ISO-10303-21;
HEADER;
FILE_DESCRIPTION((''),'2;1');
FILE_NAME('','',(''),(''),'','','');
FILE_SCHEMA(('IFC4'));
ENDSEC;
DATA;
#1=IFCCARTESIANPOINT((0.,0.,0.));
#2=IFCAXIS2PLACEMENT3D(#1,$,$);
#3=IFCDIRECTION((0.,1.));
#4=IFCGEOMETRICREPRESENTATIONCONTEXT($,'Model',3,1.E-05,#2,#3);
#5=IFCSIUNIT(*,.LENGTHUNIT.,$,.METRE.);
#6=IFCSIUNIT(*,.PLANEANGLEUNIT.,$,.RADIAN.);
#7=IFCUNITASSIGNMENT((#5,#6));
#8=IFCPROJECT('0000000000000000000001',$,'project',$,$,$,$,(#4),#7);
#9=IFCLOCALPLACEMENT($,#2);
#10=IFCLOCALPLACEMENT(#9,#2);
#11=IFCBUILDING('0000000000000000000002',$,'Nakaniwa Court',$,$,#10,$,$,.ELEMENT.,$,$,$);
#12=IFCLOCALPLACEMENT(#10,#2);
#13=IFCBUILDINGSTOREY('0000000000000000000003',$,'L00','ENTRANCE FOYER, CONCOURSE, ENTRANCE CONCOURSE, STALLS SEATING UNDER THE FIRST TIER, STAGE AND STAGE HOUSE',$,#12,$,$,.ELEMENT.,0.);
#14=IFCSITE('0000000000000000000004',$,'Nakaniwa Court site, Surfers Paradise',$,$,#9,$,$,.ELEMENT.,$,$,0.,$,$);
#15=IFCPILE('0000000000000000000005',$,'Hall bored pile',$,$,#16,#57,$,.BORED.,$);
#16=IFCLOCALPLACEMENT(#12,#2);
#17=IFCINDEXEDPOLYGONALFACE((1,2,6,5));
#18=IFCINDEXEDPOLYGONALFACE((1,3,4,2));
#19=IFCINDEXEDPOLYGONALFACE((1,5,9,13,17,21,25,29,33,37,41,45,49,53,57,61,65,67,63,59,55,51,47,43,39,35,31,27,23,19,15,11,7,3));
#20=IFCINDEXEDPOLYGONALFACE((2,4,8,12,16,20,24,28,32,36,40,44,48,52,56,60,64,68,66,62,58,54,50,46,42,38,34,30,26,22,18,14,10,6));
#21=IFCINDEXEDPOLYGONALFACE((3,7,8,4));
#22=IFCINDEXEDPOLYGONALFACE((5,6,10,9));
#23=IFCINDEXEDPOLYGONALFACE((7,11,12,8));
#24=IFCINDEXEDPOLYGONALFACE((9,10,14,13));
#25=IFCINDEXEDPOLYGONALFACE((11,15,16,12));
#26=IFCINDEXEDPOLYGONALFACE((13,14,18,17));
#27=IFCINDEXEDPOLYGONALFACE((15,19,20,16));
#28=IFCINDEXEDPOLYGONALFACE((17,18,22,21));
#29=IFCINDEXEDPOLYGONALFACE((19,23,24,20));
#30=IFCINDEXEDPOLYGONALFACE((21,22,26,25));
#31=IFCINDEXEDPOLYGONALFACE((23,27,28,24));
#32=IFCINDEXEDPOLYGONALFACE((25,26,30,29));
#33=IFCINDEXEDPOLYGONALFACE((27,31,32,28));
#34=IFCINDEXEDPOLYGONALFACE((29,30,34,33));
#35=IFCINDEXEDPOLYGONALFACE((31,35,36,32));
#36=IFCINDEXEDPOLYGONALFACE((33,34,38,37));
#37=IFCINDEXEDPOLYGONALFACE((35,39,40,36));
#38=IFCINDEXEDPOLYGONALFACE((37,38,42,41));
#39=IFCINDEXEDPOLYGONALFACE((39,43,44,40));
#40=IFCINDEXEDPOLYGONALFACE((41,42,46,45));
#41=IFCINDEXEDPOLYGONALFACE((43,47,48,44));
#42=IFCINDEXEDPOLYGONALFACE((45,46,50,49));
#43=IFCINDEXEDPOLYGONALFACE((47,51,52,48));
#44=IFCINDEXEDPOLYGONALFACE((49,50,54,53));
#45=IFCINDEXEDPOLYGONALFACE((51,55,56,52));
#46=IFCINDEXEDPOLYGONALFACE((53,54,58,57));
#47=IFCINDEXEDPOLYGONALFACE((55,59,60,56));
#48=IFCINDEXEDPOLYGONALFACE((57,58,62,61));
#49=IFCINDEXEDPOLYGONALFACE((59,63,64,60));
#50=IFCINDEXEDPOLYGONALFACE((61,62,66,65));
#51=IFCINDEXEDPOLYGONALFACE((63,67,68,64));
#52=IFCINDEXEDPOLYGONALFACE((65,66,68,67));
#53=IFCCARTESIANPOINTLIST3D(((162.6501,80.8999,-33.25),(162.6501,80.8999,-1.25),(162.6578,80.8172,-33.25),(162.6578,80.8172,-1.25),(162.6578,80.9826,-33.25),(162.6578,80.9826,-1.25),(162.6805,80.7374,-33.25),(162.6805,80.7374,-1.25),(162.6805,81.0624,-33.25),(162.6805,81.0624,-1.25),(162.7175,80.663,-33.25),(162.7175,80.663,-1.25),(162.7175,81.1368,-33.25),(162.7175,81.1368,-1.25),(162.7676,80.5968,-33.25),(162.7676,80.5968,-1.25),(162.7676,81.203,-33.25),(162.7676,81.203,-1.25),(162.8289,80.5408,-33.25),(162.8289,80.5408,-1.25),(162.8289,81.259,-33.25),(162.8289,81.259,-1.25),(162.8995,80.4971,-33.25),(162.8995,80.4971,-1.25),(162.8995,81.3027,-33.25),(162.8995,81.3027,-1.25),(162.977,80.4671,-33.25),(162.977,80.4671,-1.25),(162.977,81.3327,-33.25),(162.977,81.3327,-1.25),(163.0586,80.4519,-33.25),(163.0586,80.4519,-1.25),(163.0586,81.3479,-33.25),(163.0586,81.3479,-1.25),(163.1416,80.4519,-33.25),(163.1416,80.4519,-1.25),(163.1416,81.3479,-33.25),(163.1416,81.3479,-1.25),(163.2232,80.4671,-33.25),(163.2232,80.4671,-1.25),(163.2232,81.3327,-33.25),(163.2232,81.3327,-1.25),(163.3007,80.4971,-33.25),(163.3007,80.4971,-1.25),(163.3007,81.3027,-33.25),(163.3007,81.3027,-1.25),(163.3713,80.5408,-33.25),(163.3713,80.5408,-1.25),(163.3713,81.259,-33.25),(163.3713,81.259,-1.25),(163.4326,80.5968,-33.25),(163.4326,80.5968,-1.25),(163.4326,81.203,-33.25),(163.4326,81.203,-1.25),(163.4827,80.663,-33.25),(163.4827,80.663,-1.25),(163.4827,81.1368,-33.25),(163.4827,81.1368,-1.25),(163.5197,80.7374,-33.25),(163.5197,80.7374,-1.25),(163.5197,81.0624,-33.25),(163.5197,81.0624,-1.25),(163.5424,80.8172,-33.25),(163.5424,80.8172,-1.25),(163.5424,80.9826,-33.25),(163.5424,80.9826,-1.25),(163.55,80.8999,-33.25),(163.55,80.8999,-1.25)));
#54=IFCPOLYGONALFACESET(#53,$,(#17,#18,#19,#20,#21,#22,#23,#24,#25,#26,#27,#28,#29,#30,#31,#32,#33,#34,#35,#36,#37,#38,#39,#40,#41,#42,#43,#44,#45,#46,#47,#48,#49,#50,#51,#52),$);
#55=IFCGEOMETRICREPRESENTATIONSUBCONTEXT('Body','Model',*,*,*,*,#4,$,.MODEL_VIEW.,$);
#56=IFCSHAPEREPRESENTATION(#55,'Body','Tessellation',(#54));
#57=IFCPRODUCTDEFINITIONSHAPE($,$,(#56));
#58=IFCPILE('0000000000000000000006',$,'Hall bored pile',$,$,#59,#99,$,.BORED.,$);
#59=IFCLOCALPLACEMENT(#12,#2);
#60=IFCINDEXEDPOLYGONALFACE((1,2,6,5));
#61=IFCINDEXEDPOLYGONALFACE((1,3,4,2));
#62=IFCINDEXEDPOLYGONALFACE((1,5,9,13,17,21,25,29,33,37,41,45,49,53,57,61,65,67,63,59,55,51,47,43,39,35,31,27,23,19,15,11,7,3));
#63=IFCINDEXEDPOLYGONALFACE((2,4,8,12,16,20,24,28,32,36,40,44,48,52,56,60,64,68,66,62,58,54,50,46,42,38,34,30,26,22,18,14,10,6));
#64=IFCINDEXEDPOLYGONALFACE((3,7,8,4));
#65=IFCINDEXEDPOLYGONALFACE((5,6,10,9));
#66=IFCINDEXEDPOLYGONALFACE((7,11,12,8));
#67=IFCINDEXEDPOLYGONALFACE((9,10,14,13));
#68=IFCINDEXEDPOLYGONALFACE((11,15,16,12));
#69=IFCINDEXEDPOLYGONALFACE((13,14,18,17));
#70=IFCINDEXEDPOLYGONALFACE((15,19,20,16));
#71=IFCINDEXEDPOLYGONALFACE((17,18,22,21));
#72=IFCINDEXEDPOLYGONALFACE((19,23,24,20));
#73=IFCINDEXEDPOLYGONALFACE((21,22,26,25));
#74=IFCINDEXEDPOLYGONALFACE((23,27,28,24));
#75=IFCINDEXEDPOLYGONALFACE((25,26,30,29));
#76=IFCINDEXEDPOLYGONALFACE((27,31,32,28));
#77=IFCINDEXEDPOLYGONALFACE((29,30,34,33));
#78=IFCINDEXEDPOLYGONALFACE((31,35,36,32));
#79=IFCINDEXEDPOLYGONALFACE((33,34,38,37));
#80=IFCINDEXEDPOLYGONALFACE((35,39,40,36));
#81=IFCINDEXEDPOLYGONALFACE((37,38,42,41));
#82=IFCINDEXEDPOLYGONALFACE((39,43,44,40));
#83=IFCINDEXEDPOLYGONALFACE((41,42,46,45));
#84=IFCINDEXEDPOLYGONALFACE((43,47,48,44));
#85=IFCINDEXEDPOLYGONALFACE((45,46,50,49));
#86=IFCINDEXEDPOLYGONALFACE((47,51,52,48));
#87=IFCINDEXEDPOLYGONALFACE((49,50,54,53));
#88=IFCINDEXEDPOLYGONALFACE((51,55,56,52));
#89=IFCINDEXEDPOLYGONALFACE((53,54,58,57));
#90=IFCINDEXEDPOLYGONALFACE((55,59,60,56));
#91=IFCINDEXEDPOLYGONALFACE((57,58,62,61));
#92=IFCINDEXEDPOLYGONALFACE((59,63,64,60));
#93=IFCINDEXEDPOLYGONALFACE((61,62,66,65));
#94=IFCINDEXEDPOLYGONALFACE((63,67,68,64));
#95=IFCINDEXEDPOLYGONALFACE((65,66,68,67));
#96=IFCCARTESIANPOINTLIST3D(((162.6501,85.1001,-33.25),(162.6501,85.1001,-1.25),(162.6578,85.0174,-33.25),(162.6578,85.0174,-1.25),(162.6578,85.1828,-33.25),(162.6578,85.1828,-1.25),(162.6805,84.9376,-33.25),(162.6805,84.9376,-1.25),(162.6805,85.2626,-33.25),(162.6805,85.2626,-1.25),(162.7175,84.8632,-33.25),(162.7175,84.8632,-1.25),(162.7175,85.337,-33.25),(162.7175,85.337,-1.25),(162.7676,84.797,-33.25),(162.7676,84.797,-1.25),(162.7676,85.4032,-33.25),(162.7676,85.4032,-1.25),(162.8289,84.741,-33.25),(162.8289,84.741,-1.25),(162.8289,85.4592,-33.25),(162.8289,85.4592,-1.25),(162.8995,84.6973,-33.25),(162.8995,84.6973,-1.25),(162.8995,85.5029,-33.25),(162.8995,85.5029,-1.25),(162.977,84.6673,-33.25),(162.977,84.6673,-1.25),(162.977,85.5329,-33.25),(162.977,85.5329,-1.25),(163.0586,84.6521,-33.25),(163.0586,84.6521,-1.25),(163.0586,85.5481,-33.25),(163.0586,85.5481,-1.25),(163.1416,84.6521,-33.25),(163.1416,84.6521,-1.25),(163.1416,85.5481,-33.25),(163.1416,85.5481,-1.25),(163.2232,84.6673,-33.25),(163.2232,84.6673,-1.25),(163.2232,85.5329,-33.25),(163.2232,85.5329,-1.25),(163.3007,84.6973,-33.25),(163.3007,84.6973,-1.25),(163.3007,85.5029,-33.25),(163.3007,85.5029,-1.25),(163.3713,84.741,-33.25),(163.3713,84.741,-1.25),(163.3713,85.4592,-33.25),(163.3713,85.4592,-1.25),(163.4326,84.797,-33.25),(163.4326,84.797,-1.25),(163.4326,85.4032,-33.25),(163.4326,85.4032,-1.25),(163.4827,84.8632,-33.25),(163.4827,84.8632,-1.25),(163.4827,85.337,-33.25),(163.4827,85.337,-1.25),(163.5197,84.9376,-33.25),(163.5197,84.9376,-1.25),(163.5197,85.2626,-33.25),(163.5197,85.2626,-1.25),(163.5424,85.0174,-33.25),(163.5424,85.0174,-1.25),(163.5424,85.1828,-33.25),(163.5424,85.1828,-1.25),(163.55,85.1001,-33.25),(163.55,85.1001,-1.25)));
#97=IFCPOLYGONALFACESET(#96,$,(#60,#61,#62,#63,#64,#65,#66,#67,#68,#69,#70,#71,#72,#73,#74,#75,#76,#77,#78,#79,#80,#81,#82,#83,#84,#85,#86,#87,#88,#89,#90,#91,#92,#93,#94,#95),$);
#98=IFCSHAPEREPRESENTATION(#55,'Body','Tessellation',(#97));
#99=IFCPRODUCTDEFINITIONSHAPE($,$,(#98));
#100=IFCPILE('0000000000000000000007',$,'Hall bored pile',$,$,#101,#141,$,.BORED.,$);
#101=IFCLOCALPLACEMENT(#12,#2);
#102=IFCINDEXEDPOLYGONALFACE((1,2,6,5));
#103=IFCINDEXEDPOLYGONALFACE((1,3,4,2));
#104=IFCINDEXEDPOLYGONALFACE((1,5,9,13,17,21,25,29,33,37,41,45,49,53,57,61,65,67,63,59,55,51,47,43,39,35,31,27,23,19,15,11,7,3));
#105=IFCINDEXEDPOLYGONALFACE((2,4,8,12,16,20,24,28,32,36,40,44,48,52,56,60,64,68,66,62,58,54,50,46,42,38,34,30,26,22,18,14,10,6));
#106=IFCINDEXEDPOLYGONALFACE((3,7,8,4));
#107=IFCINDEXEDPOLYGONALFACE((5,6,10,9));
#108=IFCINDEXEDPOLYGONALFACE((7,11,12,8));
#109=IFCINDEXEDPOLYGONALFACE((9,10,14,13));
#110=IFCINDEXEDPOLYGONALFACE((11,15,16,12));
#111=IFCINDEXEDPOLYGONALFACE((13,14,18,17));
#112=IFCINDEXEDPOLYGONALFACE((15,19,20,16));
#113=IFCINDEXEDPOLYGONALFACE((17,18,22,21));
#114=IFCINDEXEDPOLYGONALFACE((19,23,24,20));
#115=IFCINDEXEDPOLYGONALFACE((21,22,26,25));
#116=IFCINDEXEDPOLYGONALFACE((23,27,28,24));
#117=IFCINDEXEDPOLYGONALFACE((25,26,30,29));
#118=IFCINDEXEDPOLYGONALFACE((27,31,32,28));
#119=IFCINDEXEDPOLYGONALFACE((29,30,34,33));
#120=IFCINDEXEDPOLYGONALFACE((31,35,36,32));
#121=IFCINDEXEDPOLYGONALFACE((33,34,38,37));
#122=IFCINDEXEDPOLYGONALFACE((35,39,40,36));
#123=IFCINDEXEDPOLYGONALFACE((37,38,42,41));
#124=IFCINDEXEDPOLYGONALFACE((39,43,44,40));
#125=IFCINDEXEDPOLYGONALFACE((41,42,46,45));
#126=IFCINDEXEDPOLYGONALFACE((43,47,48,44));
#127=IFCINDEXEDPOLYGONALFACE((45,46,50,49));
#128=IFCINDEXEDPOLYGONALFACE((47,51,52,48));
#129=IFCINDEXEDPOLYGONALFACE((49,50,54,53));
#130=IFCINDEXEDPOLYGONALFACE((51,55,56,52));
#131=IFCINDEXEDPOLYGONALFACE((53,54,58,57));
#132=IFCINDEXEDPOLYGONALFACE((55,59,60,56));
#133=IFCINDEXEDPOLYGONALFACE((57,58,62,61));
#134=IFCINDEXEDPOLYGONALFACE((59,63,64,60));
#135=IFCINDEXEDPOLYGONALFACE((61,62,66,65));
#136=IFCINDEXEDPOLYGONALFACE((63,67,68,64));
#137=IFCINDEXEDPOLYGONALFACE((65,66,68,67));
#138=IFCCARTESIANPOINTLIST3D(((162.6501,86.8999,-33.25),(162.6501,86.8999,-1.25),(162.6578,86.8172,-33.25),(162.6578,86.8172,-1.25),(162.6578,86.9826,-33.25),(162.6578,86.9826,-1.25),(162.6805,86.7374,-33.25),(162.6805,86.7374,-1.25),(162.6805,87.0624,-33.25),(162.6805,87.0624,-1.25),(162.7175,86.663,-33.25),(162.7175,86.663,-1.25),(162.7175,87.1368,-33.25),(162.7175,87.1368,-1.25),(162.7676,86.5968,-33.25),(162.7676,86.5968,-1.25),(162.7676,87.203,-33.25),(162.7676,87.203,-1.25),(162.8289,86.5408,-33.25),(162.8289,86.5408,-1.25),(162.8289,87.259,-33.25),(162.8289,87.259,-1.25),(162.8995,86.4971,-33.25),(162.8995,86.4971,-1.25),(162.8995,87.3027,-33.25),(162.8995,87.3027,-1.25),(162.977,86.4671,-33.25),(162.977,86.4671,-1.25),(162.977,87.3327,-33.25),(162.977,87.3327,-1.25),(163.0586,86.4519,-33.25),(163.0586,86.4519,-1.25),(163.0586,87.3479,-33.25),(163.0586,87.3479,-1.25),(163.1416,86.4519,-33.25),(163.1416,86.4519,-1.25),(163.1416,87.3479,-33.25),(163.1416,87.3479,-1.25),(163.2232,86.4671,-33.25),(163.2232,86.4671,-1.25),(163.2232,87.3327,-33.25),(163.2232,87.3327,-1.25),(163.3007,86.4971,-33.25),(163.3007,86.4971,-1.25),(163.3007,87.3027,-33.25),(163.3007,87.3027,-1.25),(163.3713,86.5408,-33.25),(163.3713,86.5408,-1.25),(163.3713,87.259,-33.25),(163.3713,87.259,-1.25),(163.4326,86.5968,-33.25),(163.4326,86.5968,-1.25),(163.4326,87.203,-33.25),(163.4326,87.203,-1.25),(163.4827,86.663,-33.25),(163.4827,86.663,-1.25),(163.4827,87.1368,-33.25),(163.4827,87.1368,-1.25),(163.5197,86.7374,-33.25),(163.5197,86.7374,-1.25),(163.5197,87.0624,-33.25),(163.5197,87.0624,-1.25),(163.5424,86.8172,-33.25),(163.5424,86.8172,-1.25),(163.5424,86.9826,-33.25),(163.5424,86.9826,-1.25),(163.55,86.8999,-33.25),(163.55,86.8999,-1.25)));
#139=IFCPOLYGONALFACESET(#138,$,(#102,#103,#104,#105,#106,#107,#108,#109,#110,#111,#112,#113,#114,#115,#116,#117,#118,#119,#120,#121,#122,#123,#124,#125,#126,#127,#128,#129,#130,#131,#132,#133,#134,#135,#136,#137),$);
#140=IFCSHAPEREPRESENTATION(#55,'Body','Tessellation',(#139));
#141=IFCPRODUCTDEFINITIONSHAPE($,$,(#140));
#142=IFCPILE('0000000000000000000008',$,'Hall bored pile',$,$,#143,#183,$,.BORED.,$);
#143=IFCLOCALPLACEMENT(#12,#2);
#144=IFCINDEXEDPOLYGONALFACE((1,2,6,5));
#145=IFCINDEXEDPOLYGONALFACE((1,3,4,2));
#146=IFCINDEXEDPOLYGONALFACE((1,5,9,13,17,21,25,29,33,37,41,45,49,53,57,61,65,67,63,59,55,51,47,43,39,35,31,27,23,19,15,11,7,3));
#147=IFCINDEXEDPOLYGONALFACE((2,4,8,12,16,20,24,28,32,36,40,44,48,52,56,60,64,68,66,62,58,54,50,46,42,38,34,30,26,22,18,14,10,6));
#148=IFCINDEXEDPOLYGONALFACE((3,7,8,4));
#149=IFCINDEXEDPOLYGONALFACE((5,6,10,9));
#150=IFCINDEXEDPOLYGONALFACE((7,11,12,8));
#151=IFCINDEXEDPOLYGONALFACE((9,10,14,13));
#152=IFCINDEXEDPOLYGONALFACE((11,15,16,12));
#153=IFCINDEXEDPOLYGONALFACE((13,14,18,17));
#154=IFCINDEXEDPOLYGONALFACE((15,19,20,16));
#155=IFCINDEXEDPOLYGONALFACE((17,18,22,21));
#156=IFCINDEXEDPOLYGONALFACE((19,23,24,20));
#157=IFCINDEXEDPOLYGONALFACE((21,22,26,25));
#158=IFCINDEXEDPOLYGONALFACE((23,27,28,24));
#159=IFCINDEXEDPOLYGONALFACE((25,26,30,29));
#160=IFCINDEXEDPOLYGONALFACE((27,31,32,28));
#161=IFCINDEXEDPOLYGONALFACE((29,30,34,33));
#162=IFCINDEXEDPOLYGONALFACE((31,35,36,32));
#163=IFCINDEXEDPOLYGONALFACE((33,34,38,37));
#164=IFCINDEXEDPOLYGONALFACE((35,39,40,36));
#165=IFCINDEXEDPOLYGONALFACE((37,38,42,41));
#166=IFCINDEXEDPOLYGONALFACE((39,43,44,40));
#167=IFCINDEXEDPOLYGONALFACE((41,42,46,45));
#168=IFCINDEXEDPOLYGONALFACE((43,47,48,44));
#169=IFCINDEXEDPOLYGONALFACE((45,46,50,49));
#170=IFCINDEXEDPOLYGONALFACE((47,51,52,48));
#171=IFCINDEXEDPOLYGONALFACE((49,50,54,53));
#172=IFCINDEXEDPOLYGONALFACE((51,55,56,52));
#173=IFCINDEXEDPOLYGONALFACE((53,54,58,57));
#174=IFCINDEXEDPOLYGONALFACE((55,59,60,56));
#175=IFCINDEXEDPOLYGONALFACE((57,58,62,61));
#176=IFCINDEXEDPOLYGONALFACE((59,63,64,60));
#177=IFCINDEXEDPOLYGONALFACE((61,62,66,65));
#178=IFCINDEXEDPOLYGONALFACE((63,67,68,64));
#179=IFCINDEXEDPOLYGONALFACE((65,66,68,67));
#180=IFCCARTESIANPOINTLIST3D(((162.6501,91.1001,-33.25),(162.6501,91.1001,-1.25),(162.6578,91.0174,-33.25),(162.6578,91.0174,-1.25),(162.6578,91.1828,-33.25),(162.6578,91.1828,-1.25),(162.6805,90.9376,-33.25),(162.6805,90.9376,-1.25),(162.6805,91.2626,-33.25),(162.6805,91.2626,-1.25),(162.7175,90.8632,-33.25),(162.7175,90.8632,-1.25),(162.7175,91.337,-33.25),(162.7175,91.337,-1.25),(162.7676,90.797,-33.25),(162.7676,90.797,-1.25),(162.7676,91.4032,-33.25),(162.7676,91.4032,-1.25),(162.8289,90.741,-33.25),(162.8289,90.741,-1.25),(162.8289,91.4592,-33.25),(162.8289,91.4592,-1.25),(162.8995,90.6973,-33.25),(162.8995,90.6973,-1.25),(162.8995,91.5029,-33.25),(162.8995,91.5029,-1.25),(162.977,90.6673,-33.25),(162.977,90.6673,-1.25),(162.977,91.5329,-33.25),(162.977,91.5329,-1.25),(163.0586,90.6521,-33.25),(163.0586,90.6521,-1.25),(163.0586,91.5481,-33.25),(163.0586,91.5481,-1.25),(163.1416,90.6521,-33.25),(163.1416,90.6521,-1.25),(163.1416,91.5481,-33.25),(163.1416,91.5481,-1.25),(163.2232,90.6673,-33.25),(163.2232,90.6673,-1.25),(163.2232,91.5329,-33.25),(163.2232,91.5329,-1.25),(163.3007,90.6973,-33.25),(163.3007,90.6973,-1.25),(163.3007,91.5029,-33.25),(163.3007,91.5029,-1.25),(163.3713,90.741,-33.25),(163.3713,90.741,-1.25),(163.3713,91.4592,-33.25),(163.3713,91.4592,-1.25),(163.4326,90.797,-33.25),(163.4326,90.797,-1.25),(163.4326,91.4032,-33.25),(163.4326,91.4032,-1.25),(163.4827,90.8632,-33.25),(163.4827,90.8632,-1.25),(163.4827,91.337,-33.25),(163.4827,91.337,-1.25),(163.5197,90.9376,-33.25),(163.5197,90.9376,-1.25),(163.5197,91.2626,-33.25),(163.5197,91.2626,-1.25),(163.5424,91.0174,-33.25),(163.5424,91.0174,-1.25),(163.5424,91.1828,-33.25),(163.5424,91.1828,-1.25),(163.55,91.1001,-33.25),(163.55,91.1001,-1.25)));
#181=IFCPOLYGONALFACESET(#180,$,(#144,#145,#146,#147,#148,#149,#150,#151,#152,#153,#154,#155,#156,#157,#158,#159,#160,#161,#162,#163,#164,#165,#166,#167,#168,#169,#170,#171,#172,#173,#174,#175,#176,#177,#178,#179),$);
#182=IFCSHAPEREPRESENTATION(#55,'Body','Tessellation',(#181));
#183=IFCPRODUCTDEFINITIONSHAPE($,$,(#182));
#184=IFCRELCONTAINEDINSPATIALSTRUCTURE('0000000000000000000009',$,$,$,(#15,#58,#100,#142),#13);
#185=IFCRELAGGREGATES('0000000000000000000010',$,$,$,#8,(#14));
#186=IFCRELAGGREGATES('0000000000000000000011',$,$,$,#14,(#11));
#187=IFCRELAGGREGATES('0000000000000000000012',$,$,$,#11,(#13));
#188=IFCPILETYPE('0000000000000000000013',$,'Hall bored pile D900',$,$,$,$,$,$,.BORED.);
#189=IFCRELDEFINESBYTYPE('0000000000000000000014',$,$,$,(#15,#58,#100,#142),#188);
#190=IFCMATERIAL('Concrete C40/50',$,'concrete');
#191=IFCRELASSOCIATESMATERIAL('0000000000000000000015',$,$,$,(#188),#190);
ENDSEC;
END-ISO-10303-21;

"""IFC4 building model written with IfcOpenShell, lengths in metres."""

from ifc_helpers import new_model, si_unit, direction, frame, origin, origin_2d, place, context, subcontext, project, spatial, circle, extrude, material, material_profile, profile_set, type_object, element, save


model = new_model("IFC4")

# Units and contexts
model_context = context("Model", 3, precision=1e-05, world=origin(), true_north=direction((0.0, 1.0)))
body_context = subcontext(model_context, "Body", "Model", "MODEL_VIEW")
ifc_project = project(units=[si_unit("LENGTHUNIT", "METRE"), si_unit("PLANEANGLEUNIT", "RADIAN")], contexts=[model_context])

# Site, building, storey
site_placement = place(None, origin())
site = spatial("IfcSite", under=ifc_project, at=site_placement, Name="Nakaniwa Court site, Surfers Paradise", CompositionType="ELEMENT", RefElevation=0.0)
building_placement = place(site_placement, origin())
building = spatial("IfcBuilding", under=site, at=building_placement, Name="Nakaniwa Court", CompositionType="ELEMENT")
storey_placement = place(building_placement, origin())
storey = spatial("IfcBuildingStorey", under=building, at=storey_placement, Name="L00", Description="ENTRANCE FOYER, CONCOURSE, ENTRANCE CONCOURSE, STALLS SEATING UNDER THE FIRST TIER, STAGE AND STAGE HOUSE", CompositionType="ELEMENT", Elevation=0.0)

# Piles
ifc_material_1 = material(Name="Concrete C40/50", Category="concrete")
ifc_material_profile_1 = material_profile(ifc_material_1, circle(Radius=0.45, at=origin_2d()), Name="Bored pile D900")
ifc_profile_set_1 = profile_set([ifc_material_profile_1], Name="Concrete C40/50")
pile_type = type_object("IfcPileType", Name="Hall bored pile D900", PredefinedType="BORED", material=ifc_profile_set_1)
for number, where, z_axis, x_axis, name in (
    (1, (163.1001, 80.8999, -1.25), (0.0, 0.0, -1.0), (1.0, 0.0, 0.0), "Hall bored pile"),
    (2, (163.1001, 85.1001, -1.25), (0.0, 0.0, -1.0), (1.0, 0.0, 0.0), "Hall bored pile"),
    (3, (163.1001, 86.8999, -1.25), (0.0, 0.0, -1.0), (1.0, 0.0, 0.0), "Hall bored pile"),
    (4, (163.1001, 91.1001, -1.25), (0.0, 0.0, -1.0), (1.0, 0.0, 0.0), "Hall bored pile"),
):
    element("IfcPile", number, at=place(storey_placement, frame(where, z_axis=z_axis, x_axis=x_axis)), inside=storey, type_object=pile_type, Name=name, PredefinedType="BORED", context=body_context, shape_type="SweptSolid", body=[
        extrude(circle(Radius=0.45, at=origin_2d()), origin(), (0.0, 0.0, 1.0), 32.0),
    ])

save(model, "model.ifc")
